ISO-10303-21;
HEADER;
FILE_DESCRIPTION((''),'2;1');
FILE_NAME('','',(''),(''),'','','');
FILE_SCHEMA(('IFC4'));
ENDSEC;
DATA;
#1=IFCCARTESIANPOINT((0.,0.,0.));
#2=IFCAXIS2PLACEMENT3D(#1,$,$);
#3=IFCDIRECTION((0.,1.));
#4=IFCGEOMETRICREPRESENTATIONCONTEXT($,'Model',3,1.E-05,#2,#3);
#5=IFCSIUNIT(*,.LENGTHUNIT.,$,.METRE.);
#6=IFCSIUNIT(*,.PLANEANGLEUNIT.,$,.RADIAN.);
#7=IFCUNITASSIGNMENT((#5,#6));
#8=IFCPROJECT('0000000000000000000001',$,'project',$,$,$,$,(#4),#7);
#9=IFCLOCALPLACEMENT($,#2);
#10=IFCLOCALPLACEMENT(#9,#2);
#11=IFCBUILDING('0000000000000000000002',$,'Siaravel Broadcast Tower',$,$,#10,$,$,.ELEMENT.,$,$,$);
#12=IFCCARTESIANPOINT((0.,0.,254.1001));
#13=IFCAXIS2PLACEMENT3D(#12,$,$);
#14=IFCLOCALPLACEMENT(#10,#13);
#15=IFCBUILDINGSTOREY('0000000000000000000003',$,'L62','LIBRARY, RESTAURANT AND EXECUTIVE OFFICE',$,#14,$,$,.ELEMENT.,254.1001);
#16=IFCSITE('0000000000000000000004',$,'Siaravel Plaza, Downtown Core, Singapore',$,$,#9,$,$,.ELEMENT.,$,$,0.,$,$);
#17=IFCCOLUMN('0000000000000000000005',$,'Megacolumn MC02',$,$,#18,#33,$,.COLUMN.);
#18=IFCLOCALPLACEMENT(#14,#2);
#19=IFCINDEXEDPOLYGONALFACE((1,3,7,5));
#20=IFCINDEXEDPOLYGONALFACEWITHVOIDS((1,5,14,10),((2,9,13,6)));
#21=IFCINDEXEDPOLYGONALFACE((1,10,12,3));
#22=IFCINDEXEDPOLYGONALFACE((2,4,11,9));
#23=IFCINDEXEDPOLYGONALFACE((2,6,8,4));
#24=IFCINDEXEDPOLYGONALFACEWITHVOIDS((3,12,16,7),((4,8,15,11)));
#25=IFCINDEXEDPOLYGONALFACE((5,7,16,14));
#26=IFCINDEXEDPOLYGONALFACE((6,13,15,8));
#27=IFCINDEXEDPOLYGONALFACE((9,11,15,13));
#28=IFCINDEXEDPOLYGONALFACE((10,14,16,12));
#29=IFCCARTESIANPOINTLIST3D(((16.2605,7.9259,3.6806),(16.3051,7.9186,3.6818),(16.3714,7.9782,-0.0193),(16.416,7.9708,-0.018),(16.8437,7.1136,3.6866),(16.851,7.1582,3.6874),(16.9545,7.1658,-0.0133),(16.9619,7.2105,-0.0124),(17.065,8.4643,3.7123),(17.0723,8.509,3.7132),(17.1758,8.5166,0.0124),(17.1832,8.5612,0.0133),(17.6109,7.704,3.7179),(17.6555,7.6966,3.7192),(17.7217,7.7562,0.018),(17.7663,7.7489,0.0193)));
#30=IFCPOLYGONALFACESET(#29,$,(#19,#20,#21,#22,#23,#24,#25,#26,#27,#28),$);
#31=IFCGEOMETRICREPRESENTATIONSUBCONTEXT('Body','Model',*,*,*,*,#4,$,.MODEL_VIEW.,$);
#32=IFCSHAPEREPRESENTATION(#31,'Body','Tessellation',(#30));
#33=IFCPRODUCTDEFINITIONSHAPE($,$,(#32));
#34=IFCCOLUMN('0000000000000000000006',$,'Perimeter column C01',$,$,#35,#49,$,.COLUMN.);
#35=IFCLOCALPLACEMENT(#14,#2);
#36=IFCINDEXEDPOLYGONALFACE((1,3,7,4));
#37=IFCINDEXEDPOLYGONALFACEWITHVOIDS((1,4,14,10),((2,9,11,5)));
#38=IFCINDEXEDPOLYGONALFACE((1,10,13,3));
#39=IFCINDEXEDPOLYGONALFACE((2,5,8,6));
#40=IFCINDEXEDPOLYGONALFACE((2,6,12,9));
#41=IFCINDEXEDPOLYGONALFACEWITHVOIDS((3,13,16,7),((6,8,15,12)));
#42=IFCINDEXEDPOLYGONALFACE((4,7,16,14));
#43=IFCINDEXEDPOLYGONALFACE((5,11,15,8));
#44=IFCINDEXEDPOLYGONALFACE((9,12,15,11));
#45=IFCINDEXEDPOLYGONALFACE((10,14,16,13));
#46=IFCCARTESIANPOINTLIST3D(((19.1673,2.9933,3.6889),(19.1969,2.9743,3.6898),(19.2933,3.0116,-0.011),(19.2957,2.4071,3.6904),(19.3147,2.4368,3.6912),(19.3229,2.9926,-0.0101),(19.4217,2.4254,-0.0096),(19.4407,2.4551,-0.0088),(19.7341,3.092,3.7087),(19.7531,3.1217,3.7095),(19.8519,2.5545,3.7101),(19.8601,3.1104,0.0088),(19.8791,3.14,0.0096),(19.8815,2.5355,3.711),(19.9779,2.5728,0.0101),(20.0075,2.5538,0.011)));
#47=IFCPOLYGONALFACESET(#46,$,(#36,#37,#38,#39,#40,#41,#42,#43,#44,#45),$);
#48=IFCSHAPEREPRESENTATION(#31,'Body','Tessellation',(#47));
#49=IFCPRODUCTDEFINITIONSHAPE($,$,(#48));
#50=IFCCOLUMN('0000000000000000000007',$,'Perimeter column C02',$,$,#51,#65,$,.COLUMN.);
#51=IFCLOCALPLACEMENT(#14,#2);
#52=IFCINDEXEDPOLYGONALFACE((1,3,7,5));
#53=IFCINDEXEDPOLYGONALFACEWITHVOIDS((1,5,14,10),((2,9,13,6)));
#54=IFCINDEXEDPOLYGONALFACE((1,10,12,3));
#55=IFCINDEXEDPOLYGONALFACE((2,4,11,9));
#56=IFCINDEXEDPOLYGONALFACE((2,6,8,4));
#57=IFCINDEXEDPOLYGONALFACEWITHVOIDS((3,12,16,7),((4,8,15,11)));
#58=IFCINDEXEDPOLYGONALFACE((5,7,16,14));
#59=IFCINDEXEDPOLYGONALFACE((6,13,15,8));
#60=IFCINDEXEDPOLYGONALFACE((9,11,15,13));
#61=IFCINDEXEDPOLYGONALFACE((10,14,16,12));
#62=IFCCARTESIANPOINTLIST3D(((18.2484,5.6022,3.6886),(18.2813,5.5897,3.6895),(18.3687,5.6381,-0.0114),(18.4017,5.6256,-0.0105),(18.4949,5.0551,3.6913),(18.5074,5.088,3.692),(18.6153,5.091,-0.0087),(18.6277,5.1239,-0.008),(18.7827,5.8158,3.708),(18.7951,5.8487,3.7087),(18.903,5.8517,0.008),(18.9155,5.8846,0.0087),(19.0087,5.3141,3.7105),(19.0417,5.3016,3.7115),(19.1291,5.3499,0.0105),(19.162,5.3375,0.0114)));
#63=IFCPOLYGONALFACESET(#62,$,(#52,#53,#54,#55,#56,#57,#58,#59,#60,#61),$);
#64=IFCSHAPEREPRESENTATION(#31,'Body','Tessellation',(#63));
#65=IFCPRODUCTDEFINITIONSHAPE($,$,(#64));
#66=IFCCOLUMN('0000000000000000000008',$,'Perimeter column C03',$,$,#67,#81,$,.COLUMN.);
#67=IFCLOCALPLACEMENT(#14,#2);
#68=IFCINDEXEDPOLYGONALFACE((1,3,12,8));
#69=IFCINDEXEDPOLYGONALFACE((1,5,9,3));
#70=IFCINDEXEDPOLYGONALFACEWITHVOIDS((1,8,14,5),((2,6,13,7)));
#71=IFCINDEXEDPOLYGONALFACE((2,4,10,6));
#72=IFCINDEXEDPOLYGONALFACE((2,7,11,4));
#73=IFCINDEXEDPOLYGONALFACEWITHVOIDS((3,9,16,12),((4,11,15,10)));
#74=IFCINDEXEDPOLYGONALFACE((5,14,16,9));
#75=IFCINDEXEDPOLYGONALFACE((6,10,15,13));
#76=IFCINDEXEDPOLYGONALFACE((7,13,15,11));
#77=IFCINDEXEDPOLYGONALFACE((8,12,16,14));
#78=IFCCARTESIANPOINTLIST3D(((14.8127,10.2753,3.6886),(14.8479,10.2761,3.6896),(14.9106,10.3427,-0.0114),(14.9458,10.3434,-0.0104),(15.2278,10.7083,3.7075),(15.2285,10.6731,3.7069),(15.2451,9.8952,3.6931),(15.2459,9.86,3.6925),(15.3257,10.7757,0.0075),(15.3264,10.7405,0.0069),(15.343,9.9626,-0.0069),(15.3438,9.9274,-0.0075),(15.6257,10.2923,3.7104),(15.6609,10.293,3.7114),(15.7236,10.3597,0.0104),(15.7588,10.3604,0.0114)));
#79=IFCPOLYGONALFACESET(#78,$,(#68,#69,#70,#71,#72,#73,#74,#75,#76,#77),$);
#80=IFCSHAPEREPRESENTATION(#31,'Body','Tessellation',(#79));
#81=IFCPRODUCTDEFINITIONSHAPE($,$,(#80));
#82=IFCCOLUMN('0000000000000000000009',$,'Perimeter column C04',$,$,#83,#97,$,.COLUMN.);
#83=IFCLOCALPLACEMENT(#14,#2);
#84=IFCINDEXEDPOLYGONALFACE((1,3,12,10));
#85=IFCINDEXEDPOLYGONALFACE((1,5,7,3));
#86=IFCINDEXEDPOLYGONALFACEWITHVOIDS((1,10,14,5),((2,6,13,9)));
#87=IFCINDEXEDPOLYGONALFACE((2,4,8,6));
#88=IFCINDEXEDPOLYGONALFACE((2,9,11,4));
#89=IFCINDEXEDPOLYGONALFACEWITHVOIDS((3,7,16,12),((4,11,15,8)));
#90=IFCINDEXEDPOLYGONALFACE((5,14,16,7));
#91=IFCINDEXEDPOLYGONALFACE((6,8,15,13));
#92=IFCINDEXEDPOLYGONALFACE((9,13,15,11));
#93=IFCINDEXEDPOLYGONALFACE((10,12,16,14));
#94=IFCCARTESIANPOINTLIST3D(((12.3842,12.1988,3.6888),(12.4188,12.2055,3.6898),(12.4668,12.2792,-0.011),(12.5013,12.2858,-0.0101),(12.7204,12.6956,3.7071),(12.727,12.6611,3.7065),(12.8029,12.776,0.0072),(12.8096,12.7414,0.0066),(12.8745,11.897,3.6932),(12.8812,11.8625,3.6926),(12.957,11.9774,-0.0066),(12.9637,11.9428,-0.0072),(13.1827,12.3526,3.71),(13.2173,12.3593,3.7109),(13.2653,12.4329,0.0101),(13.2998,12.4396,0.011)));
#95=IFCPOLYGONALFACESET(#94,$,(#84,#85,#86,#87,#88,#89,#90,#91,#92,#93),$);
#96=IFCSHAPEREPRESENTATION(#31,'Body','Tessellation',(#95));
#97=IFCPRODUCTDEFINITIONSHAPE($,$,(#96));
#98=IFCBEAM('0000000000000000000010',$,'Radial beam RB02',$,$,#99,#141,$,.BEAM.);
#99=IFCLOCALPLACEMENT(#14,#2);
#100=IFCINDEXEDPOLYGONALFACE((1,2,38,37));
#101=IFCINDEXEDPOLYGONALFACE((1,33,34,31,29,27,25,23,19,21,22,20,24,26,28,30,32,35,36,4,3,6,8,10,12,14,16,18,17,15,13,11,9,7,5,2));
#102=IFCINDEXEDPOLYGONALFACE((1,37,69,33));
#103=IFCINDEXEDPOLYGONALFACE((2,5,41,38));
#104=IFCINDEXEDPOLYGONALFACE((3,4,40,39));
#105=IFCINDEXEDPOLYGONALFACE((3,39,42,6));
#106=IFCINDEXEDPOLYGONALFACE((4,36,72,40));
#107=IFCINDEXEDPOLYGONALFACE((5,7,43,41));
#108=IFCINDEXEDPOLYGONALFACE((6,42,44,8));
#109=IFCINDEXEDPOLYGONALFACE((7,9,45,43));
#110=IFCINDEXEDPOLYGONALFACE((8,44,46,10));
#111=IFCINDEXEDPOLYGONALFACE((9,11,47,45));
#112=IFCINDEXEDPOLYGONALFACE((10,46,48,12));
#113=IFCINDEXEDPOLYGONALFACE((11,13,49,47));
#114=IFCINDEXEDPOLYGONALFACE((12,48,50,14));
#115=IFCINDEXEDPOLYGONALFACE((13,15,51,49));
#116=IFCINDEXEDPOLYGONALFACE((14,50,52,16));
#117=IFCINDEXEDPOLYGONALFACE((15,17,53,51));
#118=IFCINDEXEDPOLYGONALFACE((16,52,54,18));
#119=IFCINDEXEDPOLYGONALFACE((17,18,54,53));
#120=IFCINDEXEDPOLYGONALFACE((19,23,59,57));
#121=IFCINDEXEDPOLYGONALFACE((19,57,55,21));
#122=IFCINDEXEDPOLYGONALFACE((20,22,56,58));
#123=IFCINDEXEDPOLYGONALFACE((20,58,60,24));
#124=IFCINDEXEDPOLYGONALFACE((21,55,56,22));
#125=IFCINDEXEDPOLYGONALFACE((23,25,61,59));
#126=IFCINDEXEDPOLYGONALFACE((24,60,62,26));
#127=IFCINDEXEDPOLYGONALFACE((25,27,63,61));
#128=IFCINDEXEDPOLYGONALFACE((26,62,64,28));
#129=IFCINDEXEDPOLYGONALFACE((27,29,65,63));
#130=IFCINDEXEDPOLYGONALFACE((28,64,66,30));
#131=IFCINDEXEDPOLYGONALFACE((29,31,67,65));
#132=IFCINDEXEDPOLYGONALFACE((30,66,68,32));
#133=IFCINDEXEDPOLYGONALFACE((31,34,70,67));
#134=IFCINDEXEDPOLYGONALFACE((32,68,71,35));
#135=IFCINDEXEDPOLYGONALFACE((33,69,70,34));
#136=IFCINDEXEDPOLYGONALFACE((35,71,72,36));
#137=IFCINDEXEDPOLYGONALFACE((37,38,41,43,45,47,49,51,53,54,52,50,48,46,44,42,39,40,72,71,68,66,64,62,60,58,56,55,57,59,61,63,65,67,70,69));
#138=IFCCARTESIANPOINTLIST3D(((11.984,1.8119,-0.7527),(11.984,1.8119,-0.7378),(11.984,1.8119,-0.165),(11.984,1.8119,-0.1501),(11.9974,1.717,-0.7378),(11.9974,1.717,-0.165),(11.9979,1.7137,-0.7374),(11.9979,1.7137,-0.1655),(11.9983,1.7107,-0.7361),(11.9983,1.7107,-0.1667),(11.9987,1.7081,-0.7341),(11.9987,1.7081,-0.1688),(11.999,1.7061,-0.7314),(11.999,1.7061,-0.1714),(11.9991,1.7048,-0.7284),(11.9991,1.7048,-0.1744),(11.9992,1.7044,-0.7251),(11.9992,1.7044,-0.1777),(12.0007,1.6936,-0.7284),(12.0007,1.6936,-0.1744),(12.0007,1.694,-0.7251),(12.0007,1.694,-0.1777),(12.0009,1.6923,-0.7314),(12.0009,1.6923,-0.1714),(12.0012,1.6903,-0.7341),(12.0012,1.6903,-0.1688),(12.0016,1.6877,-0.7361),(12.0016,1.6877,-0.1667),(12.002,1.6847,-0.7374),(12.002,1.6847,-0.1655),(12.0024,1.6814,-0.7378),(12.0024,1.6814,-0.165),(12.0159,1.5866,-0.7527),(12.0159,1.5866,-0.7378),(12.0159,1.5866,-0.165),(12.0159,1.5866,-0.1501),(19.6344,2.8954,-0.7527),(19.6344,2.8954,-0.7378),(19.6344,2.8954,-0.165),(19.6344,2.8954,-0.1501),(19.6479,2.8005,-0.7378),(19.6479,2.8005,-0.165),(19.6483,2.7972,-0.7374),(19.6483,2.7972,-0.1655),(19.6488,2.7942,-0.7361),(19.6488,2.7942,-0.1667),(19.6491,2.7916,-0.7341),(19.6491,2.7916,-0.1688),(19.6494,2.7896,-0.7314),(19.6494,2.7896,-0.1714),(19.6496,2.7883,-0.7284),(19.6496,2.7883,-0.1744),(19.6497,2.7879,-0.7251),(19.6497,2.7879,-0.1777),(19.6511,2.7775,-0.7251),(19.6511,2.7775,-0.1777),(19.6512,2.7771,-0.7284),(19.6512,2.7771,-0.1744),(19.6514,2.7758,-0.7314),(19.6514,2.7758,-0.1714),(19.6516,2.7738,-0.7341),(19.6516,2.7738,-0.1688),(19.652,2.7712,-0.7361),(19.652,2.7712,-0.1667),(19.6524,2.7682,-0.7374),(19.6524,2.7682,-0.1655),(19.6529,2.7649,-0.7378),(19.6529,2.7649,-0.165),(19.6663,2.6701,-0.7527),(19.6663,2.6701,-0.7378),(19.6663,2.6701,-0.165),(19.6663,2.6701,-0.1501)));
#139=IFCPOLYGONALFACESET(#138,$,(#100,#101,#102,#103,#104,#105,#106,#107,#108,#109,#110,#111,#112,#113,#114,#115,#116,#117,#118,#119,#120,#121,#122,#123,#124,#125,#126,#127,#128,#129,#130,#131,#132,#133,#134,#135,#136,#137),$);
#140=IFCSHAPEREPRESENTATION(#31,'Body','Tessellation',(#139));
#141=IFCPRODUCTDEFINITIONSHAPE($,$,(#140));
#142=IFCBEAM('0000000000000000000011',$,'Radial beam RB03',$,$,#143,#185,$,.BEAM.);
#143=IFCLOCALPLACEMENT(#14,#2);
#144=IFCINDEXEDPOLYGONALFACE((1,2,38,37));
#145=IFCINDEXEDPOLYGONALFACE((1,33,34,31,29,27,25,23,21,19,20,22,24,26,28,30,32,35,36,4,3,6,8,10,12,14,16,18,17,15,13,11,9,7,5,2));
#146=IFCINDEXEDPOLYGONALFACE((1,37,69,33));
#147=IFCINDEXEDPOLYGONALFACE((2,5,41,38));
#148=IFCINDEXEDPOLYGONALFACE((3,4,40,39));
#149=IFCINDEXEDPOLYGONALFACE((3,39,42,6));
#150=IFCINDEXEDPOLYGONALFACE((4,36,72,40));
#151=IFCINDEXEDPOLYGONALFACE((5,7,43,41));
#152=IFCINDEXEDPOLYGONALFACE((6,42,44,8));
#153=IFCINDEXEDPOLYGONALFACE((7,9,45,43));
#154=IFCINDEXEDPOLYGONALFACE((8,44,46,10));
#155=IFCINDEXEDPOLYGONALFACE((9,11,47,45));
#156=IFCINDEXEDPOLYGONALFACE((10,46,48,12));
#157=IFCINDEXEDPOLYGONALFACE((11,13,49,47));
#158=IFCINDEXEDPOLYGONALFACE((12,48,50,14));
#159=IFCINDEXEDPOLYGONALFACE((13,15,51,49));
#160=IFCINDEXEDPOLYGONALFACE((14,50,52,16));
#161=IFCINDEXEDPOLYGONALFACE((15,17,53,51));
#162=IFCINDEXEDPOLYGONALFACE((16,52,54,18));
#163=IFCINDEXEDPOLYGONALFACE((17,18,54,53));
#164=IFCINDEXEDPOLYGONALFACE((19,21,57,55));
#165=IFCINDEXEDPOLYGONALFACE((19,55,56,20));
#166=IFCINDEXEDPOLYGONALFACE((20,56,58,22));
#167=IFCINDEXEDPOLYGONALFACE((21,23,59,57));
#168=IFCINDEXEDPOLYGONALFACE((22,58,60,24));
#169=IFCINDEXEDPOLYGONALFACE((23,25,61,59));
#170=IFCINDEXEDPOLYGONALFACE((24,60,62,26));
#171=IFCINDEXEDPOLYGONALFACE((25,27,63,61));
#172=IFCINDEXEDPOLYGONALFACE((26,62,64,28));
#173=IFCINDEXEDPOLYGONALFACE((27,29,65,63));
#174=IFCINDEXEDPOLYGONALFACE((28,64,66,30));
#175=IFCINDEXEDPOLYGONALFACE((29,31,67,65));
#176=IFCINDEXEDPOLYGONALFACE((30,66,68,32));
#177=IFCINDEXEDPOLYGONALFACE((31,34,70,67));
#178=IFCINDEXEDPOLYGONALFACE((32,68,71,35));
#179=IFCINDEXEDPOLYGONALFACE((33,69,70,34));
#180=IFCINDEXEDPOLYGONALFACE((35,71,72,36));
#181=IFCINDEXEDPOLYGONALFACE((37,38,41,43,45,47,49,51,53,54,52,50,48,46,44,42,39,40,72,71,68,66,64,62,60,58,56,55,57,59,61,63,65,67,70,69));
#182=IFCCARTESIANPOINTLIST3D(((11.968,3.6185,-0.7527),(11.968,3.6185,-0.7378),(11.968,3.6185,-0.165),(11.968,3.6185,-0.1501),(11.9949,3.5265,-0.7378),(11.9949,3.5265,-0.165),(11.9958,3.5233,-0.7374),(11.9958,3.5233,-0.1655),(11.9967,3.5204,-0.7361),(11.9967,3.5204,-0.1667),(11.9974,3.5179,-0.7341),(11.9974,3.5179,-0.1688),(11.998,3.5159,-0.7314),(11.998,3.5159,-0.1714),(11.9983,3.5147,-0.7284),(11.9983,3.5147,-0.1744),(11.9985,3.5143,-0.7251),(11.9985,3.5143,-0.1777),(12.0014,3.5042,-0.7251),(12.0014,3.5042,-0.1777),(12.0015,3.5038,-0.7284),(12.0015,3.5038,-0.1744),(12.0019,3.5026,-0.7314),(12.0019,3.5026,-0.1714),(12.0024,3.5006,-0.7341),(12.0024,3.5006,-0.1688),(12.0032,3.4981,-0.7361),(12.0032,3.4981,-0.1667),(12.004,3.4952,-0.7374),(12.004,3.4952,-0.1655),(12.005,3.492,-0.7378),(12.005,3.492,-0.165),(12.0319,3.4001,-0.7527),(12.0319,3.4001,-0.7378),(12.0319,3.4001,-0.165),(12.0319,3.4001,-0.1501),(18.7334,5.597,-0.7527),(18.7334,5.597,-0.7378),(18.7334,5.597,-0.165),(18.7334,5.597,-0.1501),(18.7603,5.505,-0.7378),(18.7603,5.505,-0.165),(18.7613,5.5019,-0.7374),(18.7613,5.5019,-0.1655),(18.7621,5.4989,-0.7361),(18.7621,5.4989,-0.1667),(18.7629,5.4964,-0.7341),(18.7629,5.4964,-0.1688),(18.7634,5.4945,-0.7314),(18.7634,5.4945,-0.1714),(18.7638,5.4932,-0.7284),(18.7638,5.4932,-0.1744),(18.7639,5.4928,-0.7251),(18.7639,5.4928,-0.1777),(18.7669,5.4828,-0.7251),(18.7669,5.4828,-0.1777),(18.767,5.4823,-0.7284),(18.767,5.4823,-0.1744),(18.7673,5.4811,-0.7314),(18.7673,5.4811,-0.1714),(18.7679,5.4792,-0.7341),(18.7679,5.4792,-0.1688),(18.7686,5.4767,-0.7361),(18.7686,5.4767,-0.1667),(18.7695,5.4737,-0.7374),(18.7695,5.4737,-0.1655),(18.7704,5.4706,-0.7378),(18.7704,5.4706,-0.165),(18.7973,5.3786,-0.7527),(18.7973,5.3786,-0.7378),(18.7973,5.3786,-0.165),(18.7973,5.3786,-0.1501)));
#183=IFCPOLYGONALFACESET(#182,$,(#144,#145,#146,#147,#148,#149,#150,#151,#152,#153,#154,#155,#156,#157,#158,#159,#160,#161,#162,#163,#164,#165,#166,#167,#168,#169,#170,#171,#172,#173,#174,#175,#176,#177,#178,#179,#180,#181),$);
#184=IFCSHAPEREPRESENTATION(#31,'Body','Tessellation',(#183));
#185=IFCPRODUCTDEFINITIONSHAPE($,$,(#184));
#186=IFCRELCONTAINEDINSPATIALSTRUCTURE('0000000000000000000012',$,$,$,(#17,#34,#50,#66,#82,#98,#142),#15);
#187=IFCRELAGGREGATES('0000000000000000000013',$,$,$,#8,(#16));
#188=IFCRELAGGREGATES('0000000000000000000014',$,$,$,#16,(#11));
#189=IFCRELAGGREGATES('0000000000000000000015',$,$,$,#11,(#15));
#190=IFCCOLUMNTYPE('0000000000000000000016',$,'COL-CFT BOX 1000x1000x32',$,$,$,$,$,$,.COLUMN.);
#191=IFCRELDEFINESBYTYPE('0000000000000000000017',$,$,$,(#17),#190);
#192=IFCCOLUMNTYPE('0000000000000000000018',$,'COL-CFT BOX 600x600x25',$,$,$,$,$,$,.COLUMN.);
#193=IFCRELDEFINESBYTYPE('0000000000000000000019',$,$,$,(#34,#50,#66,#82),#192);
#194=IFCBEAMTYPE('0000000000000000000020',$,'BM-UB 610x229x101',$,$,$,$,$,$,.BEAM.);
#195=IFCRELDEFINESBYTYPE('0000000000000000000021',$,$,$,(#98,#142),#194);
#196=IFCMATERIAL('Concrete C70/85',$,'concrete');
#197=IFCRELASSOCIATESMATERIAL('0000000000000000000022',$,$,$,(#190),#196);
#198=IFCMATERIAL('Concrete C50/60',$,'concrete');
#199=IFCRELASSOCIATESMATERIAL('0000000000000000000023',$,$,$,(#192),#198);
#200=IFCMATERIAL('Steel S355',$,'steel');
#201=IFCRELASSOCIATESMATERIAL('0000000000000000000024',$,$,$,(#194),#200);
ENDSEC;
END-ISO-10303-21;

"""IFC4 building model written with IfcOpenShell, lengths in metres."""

from ifc_helpers import new_model, si_unit, direction, frame, origin, origin_2d, place, context, subcontext, project, spatial, hollow_rectangle, i_section, extrude, material, material_profile, profile_set, type_object, element, save


model = new_model("IFC4")

# Units and contexts
model_context = context("Model", 3, precision=1e-05, world=origin(), true_north=direction((0.0, 1.0)))
body_context = subcontext(model_context, "Body", "Model", "MODEL_VIEW")
ifc_project = project(units=[si_unit("LENGTHUNIT", "METRE"), si_unit("PLANEANGLEUNIT", "RADIAN")], contexts=[model_context])

# Site, building, storey
site_placement = place(None, origin())
site = spatial("IfcSite", under=ifc_project, at=site_placement, Name="Siaravel Plaza, Downtown Core, Singapore", CompositionType="ELEMENT", RefElevation=0.0)
building_placement = place(site_placement, origin())
building = spatial("IfcBuilding", under=site, at=building_placement, Name="Siaravel Broadcast Tower", CompositionType="ELEMENT")
storey_placement = place(building_placement, frame((0.0, 0.0, 254.1001)))
storey = spatial("IfcBuildingStorey", under=building, at=storey_placement, Name="L62", Description="LIBRARY, RESTAURANT AND EXECUTIVE OFFICE", CompositionType="ELEMENT", Elevation=254.1001)

# Columns
ifc_material_1 = material(Name="Concrete C70/85", Category="concrete")
ifc_material_profile_1 = material_profile(ifc_material_1, hollow_rectangle(XDim=1.0, YDim=1.0, WallThickness=0.032, at=origin_2d()))
ifc_profile_set_1 = profile_set([ifc_material_profile_1], Name="Concrete C70/85")
column_type_1 = type_object("IfcColumnType", Name="COL-CFT BOX 1000x1000x32", PredefinedType="COLUMN", material=ifc_profile_set_1)
column_1_placement = place(storey_placement, frame((17.0688, 7.8635, 0.0), z_axis=(-0.029941, -0.014113, 0.999452), x_axis=(0.583176, -0.812324, 0.006)))
element("IfcColumn", 1, at=column_1_placement, inside=storey, type_object=column_type_1, Name="Megacolumn MC02", PredefinedType="COLUMN", context=body_context, shape_type="SweptSolid", body=[
    extrude(hollow_rectangle(XDim=1.0, YDim=1.0, WallThickness=0.032, at=origin_2d()), origin(), (0.0, 0.0, 1.0), 3.7019),
])
ifc_material_2 = material(Name="Concrete C50/60", Category="concrete")
ifc_material_profile_2 = material_profile(ifc_material_2, hollow_rectangle(XDim=0.6001, YDim=0.6001, WallThickness=0.0249, at=origin_2d()))
ifc_profile_set_2 = profile_set([ifc_material_profile_2], Name="Concrete C50/60")
column_type_2 = type_object("IfcColumnType", Name="COL-CFT BOX 600x600x25", PredefinedType="COLUMN", material=ifc_profile_set_2)
for number, where, z_axis, x_axis, name in (
    (2, (19.6504, 2.7827, 0.0), (-0.034028, -0.004946, 0.999409), (0.213977, -0.976836, 0.002451), "Perimeter column C01"),
    (3, (18.7654, 5.4878, 0.0), (-0.032512, -0.009694, 0.999424), (0.410808, -0.911711, 0.00452), "Perimeter column C02"),
):
    element("IfcColumn", number, at=place(storey_placement, frame(where, z_axis=z_axis, x_axis=x_axis)), inside=storey, type_object=column_type_2, Name=name, PredefinedType="COLUMN", context=body_context, shape_type="SweptSolid", body=[
        extrude(hollow_rectangle(XDim=0.6001, YDim=0.6001, WallThickness=0.0249, at=origin_2d()), origin(), (0.0, 0.0, 1.0), 3.7021),
    ])
column_2_placement = place(storey_placement, frame((15.3347, 10.3516, 0.0), z_axis=(-0.026446, -0.018202, 0.999484), x_axis=(0.721781, -0.692091, 0.006494)))
element("IfcColumn", 4, at=column_2_placement, inside=storey, type_object=column_type_2, Name="Perimeter column C03", PredefinedType="COLUMN", context=body_context, shape_type="SweptSolid", body=[
    extrude(hollow_rectangle(XDim=0.6001, YDim=0.6001, WallThickness=0.0249, at=origin_2d()), origin(), (0.0, 0.0, 1.0), 3.7019),
])
column_3_placement = place(storey_placement, frame((12.8833, 12.3594, 0.0), z_axis=(-0.022292, -0.021698, 0.999516), x_axis=(0.828126, -0.560506, 0.006302)))
element("IfcColumn", 5, at=column_3_placement, inside=storey, type_object=column_type_2, Name="Perimeter column C04", PredefinedType="COLUMN", context=body_context, shape_type="SweptSolid", body=[
    extrude(hollow_rectangle(XDim=0.6001, YDim=0.6001, WallThickness=0.0249, at=origin_2d()), origin(), (0.0, 0.0, 1.0), 3.7017),
])

# Beams
ifc_material_3 = material(Name="Steel S355", Category="steel")
ifc_material_profile_3 = material_profile(ifc_material_3, i_section(OverallWidth=0.2275, OverallDepth=0.6025, WebThickness=0.0105, FlangeThickness=0.0149, FilletRadius=0.0127, at=origin_2d()))
ifc_profile_set_3 = profile_set([ifc_material_profile_3], Name="Steel S355")
beam_type = type_object("IfcBeamType", Name="BM-UB 610x229x101", PredefinedType="BEAM", material=ifc_profile_set_3)
beam_1_placement = place(storey_placement, frame((19.6504, 2.7827, -0.4514), z_axis=(-0.990119, -0.140227, 0.0), x_axis=(0.140227, -0.990119, 0.0)))
element("IfcBeam", 6, at=beam_1_placement, inside=storey, type_object=beam_type, Name="Radial beam RB02", PredefinedType="BEAM", context=body_context, shape_type="SweptSolid", body=[
    extrude(i_section(OverallWidth=0.2275, OverallDepth=0.6025, WebThickness=0.0105, FlangeThickness=0.0149, FilletRadius=0.0127, at=origin_2d()), origin(), (0.0, 0.0, 1.0), 7.7268),
])
beam_2_placement = place(storey_placement, frame((18.7654, 5.4878, -0.4514), z_axis=(-0.959798, -0.28069, 0.0), x_axis=(0.28069, -0.959798, 0.0)))
element("IfcBeam", 7, at=beam_2_placement, inside=storey, type_object=beam_type, Name="Radial beam RB03", PredefinedType="BEAM", context=body_context, shape_type="SweptSolid", body=[
    extrude(i_section(OverallWidth=0.2275, OverallDepth=0.6025, WebThickness=0.0105, FlangeThickness=0.0149, FilletRadius=0.0127, at=origin_2d()), origin(), (0.0, 0.0, 1.0), 7.0488),
])

save(model, "model.ifc")
